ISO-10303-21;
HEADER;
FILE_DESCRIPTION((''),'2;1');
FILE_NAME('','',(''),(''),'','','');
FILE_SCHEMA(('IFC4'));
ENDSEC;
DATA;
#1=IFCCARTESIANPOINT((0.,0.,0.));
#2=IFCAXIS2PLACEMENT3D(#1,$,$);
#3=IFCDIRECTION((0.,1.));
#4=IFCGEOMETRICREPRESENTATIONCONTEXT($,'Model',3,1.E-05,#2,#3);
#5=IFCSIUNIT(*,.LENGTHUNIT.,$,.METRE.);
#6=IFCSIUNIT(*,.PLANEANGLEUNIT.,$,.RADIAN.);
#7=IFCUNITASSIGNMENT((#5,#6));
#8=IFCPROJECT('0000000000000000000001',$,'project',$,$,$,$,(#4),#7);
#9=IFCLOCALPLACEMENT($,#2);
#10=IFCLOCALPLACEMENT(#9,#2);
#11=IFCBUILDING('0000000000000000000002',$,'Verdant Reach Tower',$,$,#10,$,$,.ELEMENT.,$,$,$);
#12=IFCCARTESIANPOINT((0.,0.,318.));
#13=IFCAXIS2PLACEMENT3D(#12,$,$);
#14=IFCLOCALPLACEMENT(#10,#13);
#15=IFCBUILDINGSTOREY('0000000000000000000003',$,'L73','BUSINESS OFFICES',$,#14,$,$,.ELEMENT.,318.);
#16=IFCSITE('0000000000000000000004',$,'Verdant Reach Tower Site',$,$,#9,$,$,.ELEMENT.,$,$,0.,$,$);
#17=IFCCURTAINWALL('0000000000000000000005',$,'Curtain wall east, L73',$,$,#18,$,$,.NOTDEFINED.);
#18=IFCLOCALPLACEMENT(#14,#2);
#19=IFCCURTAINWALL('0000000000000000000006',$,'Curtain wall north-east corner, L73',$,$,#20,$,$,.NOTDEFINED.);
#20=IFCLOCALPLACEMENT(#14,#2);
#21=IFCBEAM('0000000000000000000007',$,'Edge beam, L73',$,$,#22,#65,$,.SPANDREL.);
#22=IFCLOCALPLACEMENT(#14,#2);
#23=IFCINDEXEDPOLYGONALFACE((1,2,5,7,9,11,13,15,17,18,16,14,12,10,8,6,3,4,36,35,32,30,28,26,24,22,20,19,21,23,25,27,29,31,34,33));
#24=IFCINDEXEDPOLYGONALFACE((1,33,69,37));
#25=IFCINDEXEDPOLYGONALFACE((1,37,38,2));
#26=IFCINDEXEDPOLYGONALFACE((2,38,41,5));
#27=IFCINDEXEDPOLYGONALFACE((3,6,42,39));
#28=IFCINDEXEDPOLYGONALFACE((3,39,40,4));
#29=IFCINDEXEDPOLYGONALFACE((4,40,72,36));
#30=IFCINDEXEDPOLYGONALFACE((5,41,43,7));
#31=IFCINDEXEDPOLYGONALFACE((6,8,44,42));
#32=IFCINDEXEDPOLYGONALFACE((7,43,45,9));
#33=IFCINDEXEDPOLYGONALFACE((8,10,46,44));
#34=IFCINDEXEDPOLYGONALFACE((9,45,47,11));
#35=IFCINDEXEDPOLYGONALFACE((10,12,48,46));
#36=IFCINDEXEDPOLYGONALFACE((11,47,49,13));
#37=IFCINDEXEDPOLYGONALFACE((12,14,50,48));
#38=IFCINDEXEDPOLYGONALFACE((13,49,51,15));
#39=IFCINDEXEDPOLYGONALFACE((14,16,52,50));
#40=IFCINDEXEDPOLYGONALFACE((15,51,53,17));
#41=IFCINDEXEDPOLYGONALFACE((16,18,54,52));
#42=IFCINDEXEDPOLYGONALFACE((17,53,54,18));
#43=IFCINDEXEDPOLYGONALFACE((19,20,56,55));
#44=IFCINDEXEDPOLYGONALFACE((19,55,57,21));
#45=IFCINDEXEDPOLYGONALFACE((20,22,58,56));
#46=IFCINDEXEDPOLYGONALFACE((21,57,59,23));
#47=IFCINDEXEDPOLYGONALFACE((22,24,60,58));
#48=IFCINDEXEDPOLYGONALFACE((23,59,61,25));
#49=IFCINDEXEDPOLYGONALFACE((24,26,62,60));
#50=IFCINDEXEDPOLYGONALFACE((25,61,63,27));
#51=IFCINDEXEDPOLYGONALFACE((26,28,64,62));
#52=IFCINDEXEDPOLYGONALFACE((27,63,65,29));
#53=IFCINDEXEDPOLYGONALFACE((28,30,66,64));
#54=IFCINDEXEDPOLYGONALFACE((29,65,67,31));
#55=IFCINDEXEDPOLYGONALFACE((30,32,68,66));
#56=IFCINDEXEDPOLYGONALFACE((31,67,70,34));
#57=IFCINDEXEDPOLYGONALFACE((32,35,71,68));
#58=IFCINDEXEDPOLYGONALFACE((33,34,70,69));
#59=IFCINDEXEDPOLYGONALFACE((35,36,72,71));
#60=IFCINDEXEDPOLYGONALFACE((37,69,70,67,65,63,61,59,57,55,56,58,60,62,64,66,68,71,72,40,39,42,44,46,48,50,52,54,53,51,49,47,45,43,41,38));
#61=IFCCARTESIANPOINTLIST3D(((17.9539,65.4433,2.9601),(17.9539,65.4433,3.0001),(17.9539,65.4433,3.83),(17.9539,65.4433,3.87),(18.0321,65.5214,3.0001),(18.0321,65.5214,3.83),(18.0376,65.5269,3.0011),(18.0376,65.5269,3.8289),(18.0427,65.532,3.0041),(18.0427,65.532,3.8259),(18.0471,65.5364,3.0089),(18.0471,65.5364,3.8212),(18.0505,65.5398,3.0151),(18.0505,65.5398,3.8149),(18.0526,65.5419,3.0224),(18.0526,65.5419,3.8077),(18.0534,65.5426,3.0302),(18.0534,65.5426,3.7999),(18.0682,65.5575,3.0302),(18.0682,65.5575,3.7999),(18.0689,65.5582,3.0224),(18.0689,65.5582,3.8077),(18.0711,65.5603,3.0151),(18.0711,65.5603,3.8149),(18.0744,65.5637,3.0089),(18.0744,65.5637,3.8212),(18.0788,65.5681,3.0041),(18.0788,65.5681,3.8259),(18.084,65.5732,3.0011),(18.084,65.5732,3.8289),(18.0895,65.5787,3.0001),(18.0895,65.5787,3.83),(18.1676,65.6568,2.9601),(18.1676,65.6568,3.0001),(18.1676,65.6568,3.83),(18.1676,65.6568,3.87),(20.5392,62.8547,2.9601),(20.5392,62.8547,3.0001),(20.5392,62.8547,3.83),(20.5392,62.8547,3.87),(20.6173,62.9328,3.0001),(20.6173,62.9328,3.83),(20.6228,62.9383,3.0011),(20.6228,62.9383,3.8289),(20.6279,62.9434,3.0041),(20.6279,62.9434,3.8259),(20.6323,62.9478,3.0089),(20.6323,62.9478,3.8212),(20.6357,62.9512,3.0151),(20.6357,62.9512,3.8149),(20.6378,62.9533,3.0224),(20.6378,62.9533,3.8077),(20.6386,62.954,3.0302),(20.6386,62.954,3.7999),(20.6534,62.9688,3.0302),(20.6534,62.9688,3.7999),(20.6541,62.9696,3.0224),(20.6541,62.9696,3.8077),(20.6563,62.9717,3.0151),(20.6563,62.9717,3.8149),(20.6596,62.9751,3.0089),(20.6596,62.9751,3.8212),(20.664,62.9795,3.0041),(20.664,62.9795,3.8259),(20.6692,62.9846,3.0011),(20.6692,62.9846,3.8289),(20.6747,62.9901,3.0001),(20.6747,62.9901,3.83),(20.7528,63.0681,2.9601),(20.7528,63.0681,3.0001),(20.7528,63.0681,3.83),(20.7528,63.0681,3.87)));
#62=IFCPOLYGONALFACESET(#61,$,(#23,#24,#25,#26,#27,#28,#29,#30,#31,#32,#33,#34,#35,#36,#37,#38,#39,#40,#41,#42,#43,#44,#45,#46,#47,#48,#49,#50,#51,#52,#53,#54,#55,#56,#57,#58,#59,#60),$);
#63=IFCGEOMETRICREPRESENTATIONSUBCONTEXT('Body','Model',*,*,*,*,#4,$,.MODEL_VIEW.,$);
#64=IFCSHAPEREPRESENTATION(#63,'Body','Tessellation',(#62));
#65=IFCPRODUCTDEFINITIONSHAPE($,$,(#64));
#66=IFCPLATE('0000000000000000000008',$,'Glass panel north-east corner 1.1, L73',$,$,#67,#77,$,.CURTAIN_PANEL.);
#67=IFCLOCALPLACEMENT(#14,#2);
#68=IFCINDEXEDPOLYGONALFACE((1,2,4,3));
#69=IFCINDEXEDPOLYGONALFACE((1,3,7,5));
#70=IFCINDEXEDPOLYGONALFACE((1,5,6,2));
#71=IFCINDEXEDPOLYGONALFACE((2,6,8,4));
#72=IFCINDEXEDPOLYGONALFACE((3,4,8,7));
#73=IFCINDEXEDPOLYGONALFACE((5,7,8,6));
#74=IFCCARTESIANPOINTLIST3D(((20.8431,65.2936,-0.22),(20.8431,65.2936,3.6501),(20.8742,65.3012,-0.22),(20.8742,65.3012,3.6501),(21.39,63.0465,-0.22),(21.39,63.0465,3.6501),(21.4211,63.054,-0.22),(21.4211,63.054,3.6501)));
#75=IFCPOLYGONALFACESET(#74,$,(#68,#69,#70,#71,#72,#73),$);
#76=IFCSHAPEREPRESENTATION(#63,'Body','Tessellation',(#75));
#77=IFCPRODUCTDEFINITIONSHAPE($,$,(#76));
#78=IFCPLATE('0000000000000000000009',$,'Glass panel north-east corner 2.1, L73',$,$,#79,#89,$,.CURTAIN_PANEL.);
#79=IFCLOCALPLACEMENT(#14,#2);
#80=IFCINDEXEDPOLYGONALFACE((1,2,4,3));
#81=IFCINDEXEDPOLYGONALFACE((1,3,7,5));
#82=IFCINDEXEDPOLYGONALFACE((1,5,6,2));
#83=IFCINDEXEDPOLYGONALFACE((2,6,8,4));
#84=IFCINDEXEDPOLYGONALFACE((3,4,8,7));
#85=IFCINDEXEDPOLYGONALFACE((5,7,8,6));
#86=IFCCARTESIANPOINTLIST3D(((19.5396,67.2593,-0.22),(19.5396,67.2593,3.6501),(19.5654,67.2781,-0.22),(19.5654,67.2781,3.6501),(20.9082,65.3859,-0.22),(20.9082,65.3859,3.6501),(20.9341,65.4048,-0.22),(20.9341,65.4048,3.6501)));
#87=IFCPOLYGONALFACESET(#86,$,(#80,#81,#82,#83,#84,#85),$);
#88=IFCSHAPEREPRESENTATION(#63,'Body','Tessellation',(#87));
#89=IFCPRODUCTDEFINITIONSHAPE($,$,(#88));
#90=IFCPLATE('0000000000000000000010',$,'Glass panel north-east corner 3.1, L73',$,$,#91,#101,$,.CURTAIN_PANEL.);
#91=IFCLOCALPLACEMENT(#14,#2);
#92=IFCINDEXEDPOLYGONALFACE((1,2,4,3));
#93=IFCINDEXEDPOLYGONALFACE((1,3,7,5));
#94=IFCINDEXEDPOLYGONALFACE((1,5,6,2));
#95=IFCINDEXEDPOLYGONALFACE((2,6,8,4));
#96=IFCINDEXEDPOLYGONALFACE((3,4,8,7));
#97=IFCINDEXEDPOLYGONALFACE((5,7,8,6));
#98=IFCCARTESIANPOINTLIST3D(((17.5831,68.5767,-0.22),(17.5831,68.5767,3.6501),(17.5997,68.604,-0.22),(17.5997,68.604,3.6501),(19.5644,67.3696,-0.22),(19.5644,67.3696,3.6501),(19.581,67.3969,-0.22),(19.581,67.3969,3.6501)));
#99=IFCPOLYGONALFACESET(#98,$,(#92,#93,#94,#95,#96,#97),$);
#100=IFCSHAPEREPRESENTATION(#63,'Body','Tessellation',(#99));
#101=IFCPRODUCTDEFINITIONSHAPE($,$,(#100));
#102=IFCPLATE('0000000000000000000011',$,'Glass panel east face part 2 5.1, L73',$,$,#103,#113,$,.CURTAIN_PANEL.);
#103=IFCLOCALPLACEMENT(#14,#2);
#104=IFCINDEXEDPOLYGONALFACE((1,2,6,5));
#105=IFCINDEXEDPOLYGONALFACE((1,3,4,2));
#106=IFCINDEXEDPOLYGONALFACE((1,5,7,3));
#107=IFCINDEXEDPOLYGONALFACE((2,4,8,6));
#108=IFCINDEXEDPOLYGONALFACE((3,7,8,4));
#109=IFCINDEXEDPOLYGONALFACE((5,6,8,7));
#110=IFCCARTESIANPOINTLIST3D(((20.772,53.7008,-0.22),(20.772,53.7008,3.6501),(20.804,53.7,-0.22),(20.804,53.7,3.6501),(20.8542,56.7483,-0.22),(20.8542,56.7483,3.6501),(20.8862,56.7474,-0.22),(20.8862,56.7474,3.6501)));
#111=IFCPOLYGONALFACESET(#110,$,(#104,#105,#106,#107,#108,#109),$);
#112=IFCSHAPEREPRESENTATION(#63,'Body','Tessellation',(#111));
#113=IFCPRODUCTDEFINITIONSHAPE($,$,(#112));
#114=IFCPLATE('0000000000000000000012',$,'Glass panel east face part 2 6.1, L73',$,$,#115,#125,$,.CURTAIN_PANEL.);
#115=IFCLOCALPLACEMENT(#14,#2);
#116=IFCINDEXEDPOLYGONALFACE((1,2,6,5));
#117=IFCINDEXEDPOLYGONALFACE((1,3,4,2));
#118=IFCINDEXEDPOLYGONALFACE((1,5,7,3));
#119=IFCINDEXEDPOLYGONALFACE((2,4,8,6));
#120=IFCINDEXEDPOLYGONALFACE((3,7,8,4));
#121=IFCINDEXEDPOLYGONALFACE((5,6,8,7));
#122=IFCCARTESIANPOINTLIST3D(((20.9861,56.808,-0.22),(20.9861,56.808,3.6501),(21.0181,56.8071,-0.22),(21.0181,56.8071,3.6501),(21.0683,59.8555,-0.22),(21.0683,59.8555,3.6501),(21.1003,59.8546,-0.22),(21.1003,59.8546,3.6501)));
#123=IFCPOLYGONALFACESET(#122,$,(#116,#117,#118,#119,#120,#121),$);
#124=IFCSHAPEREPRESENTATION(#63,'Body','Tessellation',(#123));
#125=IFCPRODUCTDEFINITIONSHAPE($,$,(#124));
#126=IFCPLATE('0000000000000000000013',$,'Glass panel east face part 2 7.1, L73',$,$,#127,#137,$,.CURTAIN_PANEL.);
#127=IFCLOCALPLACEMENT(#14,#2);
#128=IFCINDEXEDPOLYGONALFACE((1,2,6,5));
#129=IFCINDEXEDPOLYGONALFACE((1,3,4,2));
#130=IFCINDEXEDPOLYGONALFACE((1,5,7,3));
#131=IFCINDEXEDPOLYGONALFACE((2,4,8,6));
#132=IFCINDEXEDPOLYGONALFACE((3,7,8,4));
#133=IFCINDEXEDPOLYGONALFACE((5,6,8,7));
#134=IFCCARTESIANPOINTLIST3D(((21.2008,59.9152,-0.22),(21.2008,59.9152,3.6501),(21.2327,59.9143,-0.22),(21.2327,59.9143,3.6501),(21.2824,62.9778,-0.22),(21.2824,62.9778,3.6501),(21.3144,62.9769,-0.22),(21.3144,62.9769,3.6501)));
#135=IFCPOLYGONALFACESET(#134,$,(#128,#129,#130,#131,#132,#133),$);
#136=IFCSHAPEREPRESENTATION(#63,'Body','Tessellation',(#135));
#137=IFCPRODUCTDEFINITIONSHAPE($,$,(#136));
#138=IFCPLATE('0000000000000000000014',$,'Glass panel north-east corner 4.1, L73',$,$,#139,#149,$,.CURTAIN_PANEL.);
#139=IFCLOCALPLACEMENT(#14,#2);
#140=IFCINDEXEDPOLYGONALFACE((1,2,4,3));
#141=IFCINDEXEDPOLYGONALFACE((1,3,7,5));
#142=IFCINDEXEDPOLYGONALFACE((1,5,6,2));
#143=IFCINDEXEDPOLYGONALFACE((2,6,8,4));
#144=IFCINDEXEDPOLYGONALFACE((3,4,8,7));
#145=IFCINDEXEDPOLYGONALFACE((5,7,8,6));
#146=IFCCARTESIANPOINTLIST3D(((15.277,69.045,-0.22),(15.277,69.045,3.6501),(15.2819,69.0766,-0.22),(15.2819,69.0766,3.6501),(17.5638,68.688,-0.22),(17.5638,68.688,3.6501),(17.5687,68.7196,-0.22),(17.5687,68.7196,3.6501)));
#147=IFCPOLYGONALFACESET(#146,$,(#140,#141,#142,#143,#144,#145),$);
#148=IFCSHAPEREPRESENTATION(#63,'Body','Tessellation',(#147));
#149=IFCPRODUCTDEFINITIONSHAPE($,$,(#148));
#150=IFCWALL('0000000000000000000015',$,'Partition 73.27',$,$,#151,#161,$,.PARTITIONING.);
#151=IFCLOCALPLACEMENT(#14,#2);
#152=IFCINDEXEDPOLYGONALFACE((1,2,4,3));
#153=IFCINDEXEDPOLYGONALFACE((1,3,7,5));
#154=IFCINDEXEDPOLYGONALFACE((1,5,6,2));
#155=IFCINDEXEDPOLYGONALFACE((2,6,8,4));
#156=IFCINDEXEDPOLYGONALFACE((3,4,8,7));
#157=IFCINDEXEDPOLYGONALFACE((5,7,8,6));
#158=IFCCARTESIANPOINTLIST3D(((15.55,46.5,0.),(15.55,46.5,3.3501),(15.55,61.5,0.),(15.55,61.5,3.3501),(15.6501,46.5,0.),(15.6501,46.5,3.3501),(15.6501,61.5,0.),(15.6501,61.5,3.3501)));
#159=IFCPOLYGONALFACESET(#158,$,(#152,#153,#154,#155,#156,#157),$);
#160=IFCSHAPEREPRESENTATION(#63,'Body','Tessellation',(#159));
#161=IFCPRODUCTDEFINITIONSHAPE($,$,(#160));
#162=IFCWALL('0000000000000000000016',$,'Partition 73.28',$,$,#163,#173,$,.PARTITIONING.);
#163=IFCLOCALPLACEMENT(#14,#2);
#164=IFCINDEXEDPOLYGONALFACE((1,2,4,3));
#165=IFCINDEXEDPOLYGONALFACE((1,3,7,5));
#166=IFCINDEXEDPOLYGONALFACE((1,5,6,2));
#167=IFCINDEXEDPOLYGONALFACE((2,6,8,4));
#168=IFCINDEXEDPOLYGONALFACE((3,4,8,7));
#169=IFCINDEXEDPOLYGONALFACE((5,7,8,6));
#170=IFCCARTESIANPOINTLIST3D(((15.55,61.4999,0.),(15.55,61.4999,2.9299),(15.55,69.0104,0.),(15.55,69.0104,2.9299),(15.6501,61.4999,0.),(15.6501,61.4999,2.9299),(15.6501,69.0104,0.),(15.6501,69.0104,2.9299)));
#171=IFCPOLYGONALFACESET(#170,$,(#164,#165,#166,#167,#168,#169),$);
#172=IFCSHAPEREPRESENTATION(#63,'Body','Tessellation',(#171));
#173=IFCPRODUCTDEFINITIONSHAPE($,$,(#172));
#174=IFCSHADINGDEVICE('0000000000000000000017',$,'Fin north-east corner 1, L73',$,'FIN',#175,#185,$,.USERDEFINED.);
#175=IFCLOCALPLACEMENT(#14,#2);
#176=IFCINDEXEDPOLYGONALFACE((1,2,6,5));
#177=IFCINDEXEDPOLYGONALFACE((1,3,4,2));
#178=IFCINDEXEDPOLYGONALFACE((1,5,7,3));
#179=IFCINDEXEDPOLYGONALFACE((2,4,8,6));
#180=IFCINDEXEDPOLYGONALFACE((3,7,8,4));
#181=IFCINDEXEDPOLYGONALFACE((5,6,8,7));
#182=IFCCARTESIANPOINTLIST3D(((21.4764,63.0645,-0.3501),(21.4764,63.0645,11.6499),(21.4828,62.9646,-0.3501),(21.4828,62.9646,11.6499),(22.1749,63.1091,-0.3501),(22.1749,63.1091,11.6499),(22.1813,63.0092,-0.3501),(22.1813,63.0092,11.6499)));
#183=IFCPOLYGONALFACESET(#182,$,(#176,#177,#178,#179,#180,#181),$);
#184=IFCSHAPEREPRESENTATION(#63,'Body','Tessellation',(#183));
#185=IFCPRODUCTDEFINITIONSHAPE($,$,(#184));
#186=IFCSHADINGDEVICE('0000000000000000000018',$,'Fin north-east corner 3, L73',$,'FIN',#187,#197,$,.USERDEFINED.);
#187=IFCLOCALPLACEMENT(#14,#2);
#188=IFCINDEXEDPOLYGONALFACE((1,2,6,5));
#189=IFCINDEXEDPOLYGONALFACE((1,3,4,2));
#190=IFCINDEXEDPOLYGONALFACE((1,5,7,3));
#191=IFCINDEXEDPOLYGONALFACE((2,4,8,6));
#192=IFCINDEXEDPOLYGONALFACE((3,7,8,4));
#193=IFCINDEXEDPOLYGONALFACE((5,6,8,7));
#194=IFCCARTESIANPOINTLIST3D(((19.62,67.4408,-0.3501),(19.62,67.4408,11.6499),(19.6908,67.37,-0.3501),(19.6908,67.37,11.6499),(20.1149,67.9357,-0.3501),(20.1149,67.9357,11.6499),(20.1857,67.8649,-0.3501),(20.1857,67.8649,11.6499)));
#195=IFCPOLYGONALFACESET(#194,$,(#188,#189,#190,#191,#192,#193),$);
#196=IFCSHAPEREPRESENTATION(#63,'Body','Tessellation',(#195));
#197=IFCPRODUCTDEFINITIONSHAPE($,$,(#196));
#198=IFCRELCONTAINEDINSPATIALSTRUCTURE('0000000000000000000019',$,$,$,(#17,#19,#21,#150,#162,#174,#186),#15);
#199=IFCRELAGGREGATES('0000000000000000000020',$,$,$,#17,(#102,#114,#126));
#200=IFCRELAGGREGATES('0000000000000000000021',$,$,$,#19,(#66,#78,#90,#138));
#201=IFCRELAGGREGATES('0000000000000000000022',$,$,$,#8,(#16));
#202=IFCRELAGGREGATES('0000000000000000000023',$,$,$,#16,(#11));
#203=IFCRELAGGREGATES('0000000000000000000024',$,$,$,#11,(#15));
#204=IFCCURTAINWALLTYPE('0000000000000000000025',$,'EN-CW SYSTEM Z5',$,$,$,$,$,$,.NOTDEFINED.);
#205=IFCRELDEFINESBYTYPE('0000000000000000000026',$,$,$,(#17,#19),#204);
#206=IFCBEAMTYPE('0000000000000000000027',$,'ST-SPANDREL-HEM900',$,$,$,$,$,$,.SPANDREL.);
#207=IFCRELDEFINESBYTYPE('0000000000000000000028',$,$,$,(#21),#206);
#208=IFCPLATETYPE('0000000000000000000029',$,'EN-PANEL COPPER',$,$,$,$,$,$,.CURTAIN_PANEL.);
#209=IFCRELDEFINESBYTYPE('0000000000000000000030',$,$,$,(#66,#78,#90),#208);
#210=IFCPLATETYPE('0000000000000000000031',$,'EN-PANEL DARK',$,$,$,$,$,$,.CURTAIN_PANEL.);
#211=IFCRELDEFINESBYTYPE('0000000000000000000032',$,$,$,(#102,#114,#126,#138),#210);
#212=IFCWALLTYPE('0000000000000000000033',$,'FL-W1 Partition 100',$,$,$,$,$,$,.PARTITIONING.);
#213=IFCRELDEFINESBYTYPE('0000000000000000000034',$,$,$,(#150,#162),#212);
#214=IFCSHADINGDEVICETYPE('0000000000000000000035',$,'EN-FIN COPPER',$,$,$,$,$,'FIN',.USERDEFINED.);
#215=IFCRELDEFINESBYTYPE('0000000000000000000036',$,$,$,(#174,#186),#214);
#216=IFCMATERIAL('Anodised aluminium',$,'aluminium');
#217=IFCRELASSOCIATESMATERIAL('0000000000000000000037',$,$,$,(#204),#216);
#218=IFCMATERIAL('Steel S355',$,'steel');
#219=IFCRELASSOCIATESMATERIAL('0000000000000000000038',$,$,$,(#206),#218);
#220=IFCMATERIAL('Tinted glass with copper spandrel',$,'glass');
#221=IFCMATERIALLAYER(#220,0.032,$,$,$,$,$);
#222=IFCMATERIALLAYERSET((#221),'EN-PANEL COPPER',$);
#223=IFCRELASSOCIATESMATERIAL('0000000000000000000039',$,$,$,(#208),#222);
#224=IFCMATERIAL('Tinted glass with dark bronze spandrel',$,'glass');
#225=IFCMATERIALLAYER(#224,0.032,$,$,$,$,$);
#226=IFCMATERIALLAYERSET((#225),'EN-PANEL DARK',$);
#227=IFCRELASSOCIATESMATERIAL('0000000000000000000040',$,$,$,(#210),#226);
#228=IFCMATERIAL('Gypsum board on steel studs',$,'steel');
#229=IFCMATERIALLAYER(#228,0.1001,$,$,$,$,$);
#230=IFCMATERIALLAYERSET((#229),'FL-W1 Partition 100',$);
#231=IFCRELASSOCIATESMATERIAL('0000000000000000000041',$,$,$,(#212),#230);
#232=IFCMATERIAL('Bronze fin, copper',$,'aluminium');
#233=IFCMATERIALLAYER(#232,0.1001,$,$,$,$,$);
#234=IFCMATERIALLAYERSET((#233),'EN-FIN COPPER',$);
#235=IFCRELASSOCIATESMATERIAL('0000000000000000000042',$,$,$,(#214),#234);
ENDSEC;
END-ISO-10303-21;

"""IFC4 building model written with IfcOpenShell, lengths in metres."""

from ifc_helpers import new_model, si_unit, direction, frame, frame_2d, origin, origin_2d, place, context, subcontext, project, spatial, rectangle, i_section, extrude, material, layer, layer_set, material_profile, profile_set, type_object, element, aggregate, save


model = new_model("IFC4")

# Units and contexts
model_context = context("Model", 3, precision=1e-05, world=origin(), true_north=direction((0.0, 1.0)))
body_context = subcontext(model_context, "Body", "Model", "MODEL_VIEW")
ifc_project = project(units=[si_unit("LENGTHUNIT", "METRE"), si_unit("PLANEANGLEUNIT", "RADIAN")], contexts=[model_context])

# Site, building, storey
site_placement = place(None, origin())
site = spatial("IfcSite", under=ifc_project, at=site_placement, Name="Verdant Reach Tower Site", CompositionType="ELEMENT", RefElevation=0.0)
building_placement = place(site_placement, origin())
building = spatial("IfcBuilding", under=site, at=building_placement, Name="Verdant Reach Tower", CompositionType="ELEMENT")
storey_placement = place(building_placement, frame((0.0, 0.0, 318.0)))
storey = spatial("IfcBuildingStorey", under=building, at=storey_placement, Name="L73", Description="BUSINESS OFFICES", CompositionType="ELEMENT", Elevation=318.0)

# Curtain walls
ifc_material_1 = material(Name="Anodised aluminium", Category="aluminium")
curtain_wall_type = type_object("IfcCurtainWallType", Name="EN-CW SYSTEM Z5", PredefinedType="NOTDEFINED", material=ifc_material_1)
curtain_wall_1_placement = place(storey_placement, origin())
curtain_wall_1 = element("IfcCurtainWall", 1, at=curtain_wall_1_placement, inside=storey, type_object=curtain_wall_type, Name="Curtain wall east, L73", PredefinedType="NOTDEFINED")
curtain_wall_2_placement = place(storey_placement, origin())
curtain_wall_2 = element("IfcCurtainWall", 2, at=curtain_wall_2_placement, inside=storey, type_object=curtain_wall_type, Name="Curtain wall north-east corner, L73", PredefinedType="NOTDEFINED")

# Beam
ifc_material_2 = material(Name="Steel S355", Category="steel")
ifc_material_profile_1 = material_profile(ifc_material_2, i_section(OverallWidth=0.302, OverallDepth=0.9099, WebThickness=0.021, FlangeThickness=0.04, FilletRadius=0.03, at=origin_2d()), Name="HEM 900")
ifc_profile_set_1 = profile_set([ifc_material_profile_1], Name="Steel S355")
beam_type_1 = type_object("IfcBeamType", Name="ST-SPANDREL-HEM900", PredefinedType="SPANDREL", material=ifc_profile_set_1)
beam_1_placement = place(storey_placement, frame((18.0608, 65.55, 3.415), z_axis=(0.706639, -0.707574, 0.0), x_axis=(0.707574, 0.706639, 0.0)))
element("IfcBeam", 3, at=beam_1_placement, inside=storey, type_object=beam_type_1, Name="Edge beam, L73", PredefinedType="SPANDREL", context=body_context, shape_type="SweptSolid", body=[
    extrude(i_section(OverallWidth=0.302, OverallDepth=0.9099, WebThickness=0.021, FlangeThickness=0.04, FilletRadius=0.03, at=origin_2d()), origin(), (0.0, 0.0, 1.0), 3.6584),
])

# Plates
ifc_material_3 = material(Name="Tinted glass with copper spandrel", Category="glass")
ifc_layer_1 = layer(ifc_material_3, 0.032)
ifc_layer_set_1 = layer_set([ifc_layer_1], Name="EN-PANEL COPPER")
plate_type_1 = type_object("IfcPlateType", Name="EN-PANEL COPPER", PredefinedType="CURTAIN_PANEL", material=ifc_layer_set_1)
plate_1_placement = place(storey_placement, frame((21.1321, 64.1738, -0.22), z_axis=(0.0, 0.0, 1.0), x_axis=(-0.236471, 0.971638, 0.0)))
plate_1 = element("IfcPlate", 4, at=plate_1_placement, type_object=plate_type_1, Name="Glass panel north-east corner 1.1, L73", PredefinedType="CURTAIN_PANEL", context=body_context, shape_type="SweptSolid", body=[
    extrude(rectangle(XDim=2.3127, YDim=0.032, at=origin_2d()), origin(), (0.0, 0.0, 1.0), 3.8701),
])
plate_2_placement = place(storey_placement, frame((20.2368, 66.332, -0.22), z_axis=(0.0, 0.0, 1.0), x_axis=(-0.589927, 0.807457, 0.0)))
plate_2 = element("IfcPlate", 5, at=plate_2_placement, type_object=plate_type_1, Name="Glass panel north-east corner 2.1, L73", PredefinedType="CURTAIN_PANEL", context=body_context, shape_type="SweptSolid", body=[
    extrude(rectangle(XDim=2.3201, YDim=0.032, at=origin_2d()), origin(), (0.0, 0.0, 1.0), 3.8701),
])
plate_3_placement = place(storey_placement, frame((18.582, 67.9868, -0.22), z_axis=(0.0, 0.0, 1.0), x_axis=(-0.853989, 0.520292, 0.0)))
plate_3 = element("IfcPlate", 6, at=plate_3_placement, type_object=plate_type_1, Name="Glass panel north-east corner 3.1, L73", PredefinedType="CURTAIN_PANEL", context=body_context, shape_type="SweptSolid", body=[
    extrude(rectangle(XDim=2.3201, YDim=0.032, at=origin_2d()), origin(), (0.0, 0.0, 1.0), 3.8701),
])
ifc_material_4 = material(Name="Tinted glass with dark bronze spandrel", Category="glass")
ifc_layer_2 = layer(ifc_material_4, 0.032)
ifc_layer_set_2 = layer_set([ifc_layer_2], Name="EN-PANEL DARK")
plate_type_2 = type_object("IfcPlateType", Name="EN-PANEL DARK", PredefinedType="CURTAIN_PANEL", material=ifc_layer_set_2)
plate_4_placement = place(storey_placement, frame((20.8291, 55.2241, -0.22), z_axis=(0.0, 0.0, 1.0), x_axis=(0.026965, 0.999636, 0.0)))
plate_4 = element("IfcPlate", 7, at=plate_4_placement, type_object=plate_type_2, Name="Glass panel east face part 2 5.1, L73", PredefinedType="CURTAIN_PANEL", context=body_context, shape_type="SweptSolid", body=[
    extrude(rectangle(XDim=3.0486, YDim=0.032, at=origin_2d()), origin(), (0.0, 0.0, 1.0), 3.8701),
])
plate_5_placement = place(storey_placement, frame((21.0432, 58.3313, -0.22), z_axis=(0.0, 0.0, 1.0), x_axis=(0.026965, 0.999636, 0.0)))
plate_5 = element("IfcPlate", 8, at=plate_5_placement, type_object=plate_type_2, Name="Glass panel east face part 2 6.1, L73", PredefinedType="CURTAIN_PANEL", context=body_context, shape_type="SweptSolid", body=[
    extrude(rectangle(XDim=3.0486, YDim=0.032, at=origin_2d()), origin(), (0.0, 0.0, 1.0), 3.8701),
])
plate_6_placement = place(storey_placement, frame((21.2576, 61.446, -0.22), z_axis=(0.0, 0.0, 1.0), x_axis=(0.026643, 0.999645, 0.0)))
plate_6 = element("IfcPlate", 9, at=plate_6_placement, type_object=plate_type_2, Name="Glass panel east face part 2 7.1, L73", PredefinedType="CURTAIN_PANEL", context=body_context, shape_type="SweptSolid", body=[
    extrude(rectangle(XDim=3.0637, YDim=0.032, at=origin_2d()), origin(), (0.0, 0.0, 1.0), 3.8701),
])
aggregate(curtain_wall_1, [plate_4, plate_5, plate_6])
plate_7_placement = place(storey_placement, frame((16.4229, 68.8823, -0.22), z_axis=(0.0, 0.0, 1.0), x_axis=(-0.988033, 0.15424, 0.0)))
plate_7 = element("IfcPlate", 10, at=plate_7_placement, type_object=plate_type_2, Name="Glass panel north-east corner 4.1, L73", PredefinedType="CURTAIN_PANEL", context=body_context, shape_type="SweptSolid", body=[
    extrude(rectangle(XDim=2.3145, YDim=0.032, at=origin_2d()), origin(), (0.0, 0.0, 1.0), 3.8701),
])
aggregate(curtain_wall_2, [plate_1, plate_2, plate_3, plate_7])

# Walls
ifc_material_5 = material(Name="Gypsum board on steel studs", Category="steel")
ifc_layer_3 = layer(ifc_material_5, 0.1001)
ifc_layer_set_3 = layer_set([ifc_layer_3], Name="FL-W1 Partition 100")
wall_type = type_object("IfcWallType", Name="FL-W1 Partition 100", PredefinedType="PARTITIONING", material=ifc_layer_set_3)
wall_1_placement = place(storey_placement, frame((15.6001, 61.5, 0.0), z_axis=(0.0, 0.0, 1.0), x_axis=(0.0, -1.0, 0.0)))
element("IfcWall", 11, at=wall_1_placement, inside=storey, type_object=wall_type, Name="Partition 73.27", PredefinedType="PARTITIONING", context=body_context, shape_type="SweptSolid", body=[
    extrude(rectangle(XDim=15.0, YDim=0.1001, at=frame_2d((7.5, 0.0))), origin(), (0.0, 0.0, 1.0), 3.3501),
])
wall_2_placement = place(storey_placement, frame((15.6001, 69.0105, 0.0), z_axis=(0.0, 0.0, 1.0), x_axis=(0.0, -1.0, 0.0)))
element("IfcWall", 12, at=wall_2_placement, inside=storey, type_object=wall_type, Name="Partition 73.28", PredefinedType="PARTITIONING", context=body_context, shape_type="SweptSolid", body=[
    extrude(rectangle(XDim=7.5105, YDim=0.1001, at=frame_2d((3.7554, 0.0))), origin(), (0.0, 0.0, 1.0), 2.9299),
])

# Shading devices
ifc_material_6 = material(Name="Bronze fin, copper", Category="aluminium")
ifc_layer_4 = layer(ifc_material_6, 0.1001)
ifc_layer_set_4 = layer_set([ifc_layer_4], Name="EN-FIN COPPER")
shading_device_type_1 = type_object("IfcShadingDeviceType", Name="EN-FIN COPPER", ElementType="FIN", PredefinedType="USERDEFINED", material=ifc_layer_set_4)
for number, where, z_axis, x_axis, name in (
    (13, (21.8289, 63.0369, -0.3501), (0.0, 0.0, 1.0), (-0.063699, 0.997969, 0.0), "Fin north-east corner 1, L73"),
    (14, (19.9028, 67.6528, -0.3501), (0.0, 0.0, 1.0), (-0.707107, 0.707107, 0.0), "Fin north-east corner 3, L73"),
):
    element("IfcShadingDevice", number, at=place(storey_placement, frame(where, z_axis=z_axis, x_axis=x_axis)), inside=storey, type_object=shading_device_type_1, Name=name, ObjectType="FIN", PredefinedType="USERDEFINED", context=body_context, shape_type="SweptSolid", body=[
        extrude(rectangle(XDim=0.1001, YDim=0.7, at=origin_2d()), origin(), (0.0, 0.0, 1.0), 12.0),
    ])

save(model, "model.ifc")
